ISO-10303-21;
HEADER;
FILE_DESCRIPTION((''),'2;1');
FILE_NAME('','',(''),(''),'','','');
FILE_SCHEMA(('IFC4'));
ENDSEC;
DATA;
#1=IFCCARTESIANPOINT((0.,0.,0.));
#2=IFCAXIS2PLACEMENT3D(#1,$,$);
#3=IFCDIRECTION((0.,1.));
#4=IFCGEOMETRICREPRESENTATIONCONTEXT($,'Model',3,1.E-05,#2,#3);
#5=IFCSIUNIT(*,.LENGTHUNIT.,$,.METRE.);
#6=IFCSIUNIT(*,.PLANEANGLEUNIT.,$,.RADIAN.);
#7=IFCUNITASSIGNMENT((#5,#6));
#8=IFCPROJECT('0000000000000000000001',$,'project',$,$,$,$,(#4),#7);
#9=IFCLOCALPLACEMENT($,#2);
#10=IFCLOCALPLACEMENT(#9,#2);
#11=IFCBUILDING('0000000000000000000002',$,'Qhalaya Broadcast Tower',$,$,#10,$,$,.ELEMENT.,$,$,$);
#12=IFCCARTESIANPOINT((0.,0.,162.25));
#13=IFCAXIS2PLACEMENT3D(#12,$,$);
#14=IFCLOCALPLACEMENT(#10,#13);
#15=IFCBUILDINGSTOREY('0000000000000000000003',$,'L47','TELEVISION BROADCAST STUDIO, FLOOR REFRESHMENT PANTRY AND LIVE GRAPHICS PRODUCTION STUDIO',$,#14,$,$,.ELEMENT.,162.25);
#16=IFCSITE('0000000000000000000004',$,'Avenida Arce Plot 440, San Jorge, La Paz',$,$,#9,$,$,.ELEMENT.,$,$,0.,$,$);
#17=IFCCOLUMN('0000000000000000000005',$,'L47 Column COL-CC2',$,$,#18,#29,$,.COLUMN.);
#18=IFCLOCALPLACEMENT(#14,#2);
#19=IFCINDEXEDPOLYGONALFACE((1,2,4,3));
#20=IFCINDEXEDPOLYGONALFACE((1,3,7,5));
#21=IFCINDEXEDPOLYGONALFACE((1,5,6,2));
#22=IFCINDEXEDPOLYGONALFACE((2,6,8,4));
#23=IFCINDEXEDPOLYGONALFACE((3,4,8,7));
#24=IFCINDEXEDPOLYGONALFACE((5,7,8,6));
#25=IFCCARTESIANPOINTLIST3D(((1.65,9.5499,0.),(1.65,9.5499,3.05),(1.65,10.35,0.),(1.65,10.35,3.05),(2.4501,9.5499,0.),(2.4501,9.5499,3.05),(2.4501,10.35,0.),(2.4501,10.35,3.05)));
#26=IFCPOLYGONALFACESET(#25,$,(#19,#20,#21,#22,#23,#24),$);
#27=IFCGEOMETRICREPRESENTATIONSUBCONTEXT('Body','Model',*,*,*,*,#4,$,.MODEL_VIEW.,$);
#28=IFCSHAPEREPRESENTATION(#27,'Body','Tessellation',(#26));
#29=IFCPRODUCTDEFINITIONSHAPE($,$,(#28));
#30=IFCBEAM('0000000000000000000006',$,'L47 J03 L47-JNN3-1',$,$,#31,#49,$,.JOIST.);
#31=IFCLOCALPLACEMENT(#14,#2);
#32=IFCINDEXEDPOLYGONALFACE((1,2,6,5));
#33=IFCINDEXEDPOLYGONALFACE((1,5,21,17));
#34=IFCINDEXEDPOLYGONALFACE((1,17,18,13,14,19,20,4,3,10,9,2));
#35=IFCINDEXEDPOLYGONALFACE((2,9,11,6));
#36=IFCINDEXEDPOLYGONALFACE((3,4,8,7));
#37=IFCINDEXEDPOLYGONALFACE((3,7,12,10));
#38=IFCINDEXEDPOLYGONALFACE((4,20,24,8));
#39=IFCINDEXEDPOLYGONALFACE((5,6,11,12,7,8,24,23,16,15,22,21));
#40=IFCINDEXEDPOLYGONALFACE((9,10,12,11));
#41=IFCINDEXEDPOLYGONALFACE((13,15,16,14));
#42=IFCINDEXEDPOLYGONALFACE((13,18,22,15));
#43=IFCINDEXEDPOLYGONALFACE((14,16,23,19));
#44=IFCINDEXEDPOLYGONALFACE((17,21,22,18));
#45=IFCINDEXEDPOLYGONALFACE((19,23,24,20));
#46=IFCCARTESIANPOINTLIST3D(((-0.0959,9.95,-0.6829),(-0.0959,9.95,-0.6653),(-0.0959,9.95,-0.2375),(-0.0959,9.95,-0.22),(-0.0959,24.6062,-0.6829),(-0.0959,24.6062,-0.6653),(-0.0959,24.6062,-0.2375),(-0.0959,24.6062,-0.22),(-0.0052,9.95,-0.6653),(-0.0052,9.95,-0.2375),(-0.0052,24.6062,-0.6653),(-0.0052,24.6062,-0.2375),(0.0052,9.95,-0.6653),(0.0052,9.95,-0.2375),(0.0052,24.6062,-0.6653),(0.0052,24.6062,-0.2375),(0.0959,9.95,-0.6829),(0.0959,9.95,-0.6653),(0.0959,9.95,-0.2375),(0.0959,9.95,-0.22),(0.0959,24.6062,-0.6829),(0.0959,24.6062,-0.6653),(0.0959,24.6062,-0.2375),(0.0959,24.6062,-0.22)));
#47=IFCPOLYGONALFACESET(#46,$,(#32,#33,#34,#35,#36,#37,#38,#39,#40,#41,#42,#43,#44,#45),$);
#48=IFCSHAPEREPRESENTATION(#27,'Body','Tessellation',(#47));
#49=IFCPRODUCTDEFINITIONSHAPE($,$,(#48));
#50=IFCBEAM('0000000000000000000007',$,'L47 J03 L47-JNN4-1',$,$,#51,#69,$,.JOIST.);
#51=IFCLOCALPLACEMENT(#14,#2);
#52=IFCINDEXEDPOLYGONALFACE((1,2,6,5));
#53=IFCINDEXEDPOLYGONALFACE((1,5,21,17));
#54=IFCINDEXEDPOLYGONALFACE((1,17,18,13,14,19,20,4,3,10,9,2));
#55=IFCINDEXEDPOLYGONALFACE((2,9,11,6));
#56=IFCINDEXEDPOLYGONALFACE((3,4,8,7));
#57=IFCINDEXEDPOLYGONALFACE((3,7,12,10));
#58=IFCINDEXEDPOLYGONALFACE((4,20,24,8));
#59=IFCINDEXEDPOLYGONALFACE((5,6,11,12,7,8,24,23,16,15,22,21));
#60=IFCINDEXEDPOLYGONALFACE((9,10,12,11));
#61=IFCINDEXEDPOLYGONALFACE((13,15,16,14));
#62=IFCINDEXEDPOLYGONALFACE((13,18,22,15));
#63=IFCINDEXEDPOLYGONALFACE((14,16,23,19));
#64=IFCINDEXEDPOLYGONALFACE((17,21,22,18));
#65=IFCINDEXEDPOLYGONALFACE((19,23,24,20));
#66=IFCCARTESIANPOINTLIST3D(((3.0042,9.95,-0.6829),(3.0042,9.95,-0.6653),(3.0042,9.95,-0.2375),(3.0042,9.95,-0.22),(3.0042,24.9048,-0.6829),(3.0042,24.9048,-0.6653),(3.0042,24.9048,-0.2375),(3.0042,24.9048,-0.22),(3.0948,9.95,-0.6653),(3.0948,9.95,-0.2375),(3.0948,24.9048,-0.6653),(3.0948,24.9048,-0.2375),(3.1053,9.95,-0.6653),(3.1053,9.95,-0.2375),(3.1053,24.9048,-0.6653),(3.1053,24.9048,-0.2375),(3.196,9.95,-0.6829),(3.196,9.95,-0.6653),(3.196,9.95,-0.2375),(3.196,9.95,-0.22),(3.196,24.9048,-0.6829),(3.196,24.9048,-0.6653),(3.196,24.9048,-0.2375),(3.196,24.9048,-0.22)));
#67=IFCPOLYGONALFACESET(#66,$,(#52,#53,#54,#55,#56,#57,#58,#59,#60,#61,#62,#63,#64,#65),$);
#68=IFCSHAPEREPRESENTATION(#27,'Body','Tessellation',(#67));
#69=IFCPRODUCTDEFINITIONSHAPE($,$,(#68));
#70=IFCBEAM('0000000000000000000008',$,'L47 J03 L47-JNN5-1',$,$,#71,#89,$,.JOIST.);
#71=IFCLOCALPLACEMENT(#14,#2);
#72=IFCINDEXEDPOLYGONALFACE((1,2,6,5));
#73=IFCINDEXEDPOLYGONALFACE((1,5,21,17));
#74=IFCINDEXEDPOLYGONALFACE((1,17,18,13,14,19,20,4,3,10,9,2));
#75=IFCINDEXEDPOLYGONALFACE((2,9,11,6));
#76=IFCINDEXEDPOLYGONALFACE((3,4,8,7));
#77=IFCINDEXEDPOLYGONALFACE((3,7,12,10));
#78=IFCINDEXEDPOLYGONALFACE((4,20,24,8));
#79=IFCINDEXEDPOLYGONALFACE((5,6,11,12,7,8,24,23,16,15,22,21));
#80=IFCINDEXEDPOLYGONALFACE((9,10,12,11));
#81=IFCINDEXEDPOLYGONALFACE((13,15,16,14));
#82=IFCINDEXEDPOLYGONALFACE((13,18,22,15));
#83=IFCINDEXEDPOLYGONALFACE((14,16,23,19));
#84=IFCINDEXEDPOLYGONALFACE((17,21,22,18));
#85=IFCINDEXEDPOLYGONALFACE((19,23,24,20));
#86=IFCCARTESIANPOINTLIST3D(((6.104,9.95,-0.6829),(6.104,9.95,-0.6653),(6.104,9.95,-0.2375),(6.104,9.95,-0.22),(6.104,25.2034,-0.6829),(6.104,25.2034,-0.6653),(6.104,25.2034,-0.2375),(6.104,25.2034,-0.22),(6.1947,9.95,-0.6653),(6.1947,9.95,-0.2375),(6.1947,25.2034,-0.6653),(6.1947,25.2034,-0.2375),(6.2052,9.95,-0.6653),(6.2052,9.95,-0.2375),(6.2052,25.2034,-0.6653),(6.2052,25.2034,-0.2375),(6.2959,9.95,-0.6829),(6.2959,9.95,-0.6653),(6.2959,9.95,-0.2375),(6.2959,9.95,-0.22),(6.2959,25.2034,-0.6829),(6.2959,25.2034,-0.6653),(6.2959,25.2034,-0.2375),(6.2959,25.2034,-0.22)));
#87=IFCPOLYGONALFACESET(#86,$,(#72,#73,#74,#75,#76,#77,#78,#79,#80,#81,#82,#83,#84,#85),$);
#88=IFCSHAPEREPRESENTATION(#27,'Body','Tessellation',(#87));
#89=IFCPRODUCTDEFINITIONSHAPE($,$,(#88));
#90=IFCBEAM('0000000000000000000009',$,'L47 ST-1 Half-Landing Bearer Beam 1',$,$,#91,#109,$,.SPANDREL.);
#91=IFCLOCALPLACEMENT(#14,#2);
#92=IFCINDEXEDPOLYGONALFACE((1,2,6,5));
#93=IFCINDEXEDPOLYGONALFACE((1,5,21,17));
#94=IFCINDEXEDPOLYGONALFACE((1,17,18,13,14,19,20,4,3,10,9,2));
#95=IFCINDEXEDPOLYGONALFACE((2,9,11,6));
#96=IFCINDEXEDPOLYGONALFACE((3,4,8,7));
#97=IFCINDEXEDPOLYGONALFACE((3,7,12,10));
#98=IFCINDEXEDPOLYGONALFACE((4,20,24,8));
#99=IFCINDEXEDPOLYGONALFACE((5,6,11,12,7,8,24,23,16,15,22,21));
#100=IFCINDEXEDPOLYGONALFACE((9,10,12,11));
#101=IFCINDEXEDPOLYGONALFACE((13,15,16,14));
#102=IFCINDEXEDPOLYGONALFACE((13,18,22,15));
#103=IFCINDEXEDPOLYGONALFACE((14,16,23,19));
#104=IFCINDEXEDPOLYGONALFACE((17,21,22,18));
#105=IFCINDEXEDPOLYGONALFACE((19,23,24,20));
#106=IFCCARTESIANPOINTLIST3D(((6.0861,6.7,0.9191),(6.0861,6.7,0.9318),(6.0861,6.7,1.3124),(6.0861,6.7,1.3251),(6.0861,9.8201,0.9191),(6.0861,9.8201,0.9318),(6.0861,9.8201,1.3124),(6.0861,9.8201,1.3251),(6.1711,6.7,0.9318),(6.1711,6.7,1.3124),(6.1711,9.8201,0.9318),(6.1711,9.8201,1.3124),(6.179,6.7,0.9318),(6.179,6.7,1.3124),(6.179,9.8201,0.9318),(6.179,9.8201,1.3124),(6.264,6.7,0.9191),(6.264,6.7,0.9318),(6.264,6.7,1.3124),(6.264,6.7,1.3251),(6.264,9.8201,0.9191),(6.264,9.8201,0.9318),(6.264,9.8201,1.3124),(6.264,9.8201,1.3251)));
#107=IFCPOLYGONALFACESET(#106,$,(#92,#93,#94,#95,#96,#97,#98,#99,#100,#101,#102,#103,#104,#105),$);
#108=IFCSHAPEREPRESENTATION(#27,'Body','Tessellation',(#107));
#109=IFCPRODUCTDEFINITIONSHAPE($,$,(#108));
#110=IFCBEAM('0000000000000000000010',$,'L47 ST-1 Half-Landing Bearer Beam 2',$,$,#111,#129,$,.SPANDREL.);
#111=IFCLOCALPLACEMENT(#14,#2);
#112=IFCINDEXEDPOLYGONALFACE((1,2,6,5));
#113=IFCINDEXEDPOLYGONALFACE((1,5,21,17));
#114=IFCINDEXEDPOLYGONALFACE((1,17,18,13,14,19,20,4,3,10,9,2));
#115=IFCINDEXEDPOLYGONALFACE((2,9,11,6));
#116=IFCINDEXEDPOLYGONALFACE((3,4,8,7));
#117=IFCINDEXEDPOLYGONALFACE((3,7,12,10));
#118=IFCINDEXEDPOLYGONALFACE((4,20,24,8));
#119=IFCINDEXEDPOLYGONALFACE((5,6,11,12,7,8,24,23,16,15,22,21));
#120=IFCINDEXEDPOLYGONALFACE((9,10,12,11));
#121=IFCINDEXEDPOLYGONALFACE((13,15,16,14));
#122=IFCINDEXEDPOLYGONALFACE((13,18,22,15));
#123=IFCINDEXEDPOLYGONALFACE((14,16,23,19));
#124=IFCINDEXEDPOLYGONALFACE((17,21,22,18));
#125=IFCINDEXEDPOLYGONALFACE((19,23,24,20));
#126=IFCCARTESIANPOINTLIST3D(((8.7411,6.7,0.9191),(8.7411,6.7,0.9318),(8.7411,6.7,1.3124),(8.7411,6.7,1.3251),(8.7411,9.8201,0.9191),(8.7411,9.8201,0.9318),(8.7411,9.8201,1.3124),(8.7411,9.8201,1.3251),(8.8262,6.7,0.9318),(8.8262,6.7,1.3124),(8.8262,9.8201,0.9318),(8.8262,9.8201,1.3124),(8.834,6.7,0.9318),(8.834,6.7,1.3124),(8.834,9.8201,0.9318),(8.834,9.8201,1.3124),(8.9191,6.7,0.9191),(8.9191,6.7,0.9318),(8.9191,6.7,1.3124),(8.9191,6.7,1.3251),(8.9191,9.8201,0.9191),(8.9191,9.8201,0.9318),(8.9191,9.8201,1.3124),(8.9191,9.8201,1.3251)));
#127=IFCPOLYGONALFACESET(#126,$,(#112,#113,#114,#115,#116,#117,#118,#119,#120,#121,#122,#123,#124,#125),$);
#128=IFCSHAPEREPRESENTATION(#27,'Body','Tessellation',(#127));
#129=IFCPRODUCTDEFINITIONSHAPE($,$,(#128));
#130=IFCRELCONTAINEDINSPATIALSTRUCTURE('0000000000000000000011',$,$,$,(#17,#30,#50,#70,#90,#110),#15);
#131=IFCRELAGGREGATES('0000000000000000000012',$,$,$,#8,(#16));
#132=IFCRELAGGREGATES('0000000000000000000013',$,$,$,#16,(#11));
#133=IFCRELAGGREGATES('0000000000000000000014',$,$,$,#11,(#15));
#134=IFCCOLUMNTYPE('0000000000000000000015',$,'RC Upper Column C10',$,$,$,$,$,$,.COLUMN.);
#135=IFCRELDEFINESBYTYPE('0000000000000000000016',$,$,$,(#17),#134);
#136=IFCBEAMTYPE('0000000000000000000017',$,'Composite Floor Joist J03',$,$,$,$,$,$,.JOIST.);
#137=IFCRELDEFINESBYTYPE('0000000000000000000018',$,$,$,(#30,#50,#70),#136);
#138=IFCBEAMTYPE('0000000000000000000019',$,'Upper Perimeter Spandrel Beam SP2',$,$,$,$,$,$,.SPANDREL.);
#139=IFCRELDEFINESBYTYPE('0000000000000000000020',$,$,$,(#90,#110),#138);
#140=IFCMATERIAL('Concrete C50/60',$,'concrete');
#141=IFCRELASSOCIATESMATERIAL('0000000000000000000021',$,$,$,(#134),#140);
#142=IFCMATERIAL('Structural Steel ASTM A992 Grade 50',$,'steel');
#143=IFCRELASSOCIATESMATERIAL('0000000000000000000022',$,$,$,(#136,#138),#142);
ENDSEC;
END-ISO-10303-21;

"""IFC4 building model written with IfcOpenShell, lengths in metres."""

from ifc_helpers import new_model, si_unit, direction, frame, origin, origin_2d, place, context, subcontext, project, spatial, rectangle, i_section, extrude, material, material_profile, profile_set, type_object, element, save


model = new_model("IFC4")

# Units and contexts
model_context = context("Model", 3, precision=1e-05, world=origin(), true_north=direction((0.0, 1.0)))
body_context = subcontext(model_context, "Body", "Model", "MODEL_VIEW")
ifc_project = project(units=[si_unit("LENGTHUNIT", "METRE"), si_unit("PLANEANGLEUNIT", "RADIAN")], contexts=[model_context])

# Site, building, storey
site_placement = place(None, origin())
site = spatial("IfcSite", under=ifc_project, at=site_placement, Name="Avenida Arce Plot 440, San Jorge, La Paz", CompositionType="ELEMENT", RefElevation=0.0)
building_placement = place(site_placement, origin())
building = spatial("IfcBuilding", under=site, at=building_placement, Name="Qhalaya Broadcast Tower", CompositionType="ELEMENT")
storey_placement = place(building_placement, frame((0.0, 0.0, 162.25)))
storey = spatial("IfcBuildingStorey", under=building, at=storey_placement, Name="L47", Description="TELEVISION BROADCAST STUDIO, FLOOR REFRESHMENT PANTRY AND LIVE GRAPHICS PRODUCTION STUDIO", CompositionType="ELEMENT", Elevation=162.25)

# Column
ifc_material_1 = material(Name="Concrete C50/60", Category="concrete")
ifc_material_profile_1 = material_profile(ifc_material_1, rectangle(XDim=0.8, YDim=0.8, at=origin_2d()), Name="RC-COL 800x800")
ifc_profile_set_1 = profile_set([ifc_material_profile_1], Name="Concrete C50/60")
column_type = type_object("IfcColumnType", Name="RC Upper Column C10", PredefinedType="COLUMN", material=ifc_profile_set_1)
column_placement = place(storey_placement, frame((2.05, 9.95, 0.0), z_axis=(0.0, 0.0, 1.0), x_axis=(1.0, 0.0, 0.0)))
element("IfcColumn", 1, at=column_placement, inside=storey, type_object=column_type, Name="L47 Column COL-CC2", PredefinedType="COLUMN", context=body_context, shape_type="SweptSolid", body=[
    extrude(rectangle(XDim=0.8, YDim=0.8, at=origin_2d()), origin(), (0.0, 0.0, 1.0), 3.05),
])

# Beams
ifc_material_2 = material(Name="Structural Steel ASTM A992 Grade 50", Category="steel")
ifc_material_profile_2 = material_profile(ifc_material_2, i_section(OverallWidth=0.1919, OverallDepth=0.4629, WebThickness=0.0105, FlangeThickness=0.0176, at=origin_2d()), Name="W18X60")
ifc_profile_set_2 = profile_set([ifc_material_profile_2], Name="Structural Steel ASTM A992 Grade 50")
beam_type_1 = type_object("IfcBeamType", Name="Composite Floor Joist J03", PredefinedType="JOIST", material=ifc_profile_set_2)
beam_1_placement = place(storey_placement, frame((0.0, 9.95, -0.4514), z_axis=(0.0, 1.0, 0.0), x_axis=(-1.0, 0.0, 0.0)))
element("IfcBeam", 2, at=beam_1_placement, inside=storey, type_object=beam_type_1, Name="L47 J03 L47-JNN3-1", PredefinedType="JOIST", context=body_context, shape_type="SweptSolid", body=[
    extrude(i_section(OverallWidth=0.1919, OverallDepth=0.4629, WebThickness=0.0105, FlangeThickness=0.0176, at=origin_2d()), origin(), (0.0, 0.0, 1.0), 14.6562),
])
beam_2_placement = place(storey_placement, frame((3.1001, 9.95, -0.4514), z_axis=(0.0, 1.0, 0.0), x_axis=(-1.0, 0.0, 0.0)))
element("IfcBeam", 3, at=beam_2_placement, inside=storey, type_object=beam_type_1, Name="L47 J03 L47-JNN4-1", PredefinedType="JOIST", context=body_context, shape_type="SweptSolid", body=[
    extrude(i_section(OverallWidth=0.1919, OverallDepth=0.4629, WebThickness=0.0105, FlangeThickness=0.0176, at=origin_2d()), origin(), (0.0, 0.0, 1.0), 14.9548),
])
beam_3_placement = place(storey_placement, frame((6.2, 9.95, -0.4514), z_axis=(0.0, 1.0, 0.0), x_axis=(-1.0, 0.0, 0.0)))
element("IfcBeam", 4, at=beam_3_placement, inside=storey, type_object=beam_type_1, Name="L47 J03 L47-JNN5-1", PredefinedType="JOIST", context=body_context, shape_type="SweptSolid", body=[
    extrude(i_section(OverallWidth=0.1919, OverallDepth=0.4629, WebThickness=0.0105, FlangeThickness=0.0176, at=origin_2d()), origin(), (0.0, 0.0, 1.0), 15.2534),
])
ifc_material_profile_3 = material_profile(ifc_material_2, i_section(OverallWidth=0.178, OverallDepth=0.406, WebThickness=0.0078, FlangeThickness=0.0127, at=origin_2d()), Name="W16X40")
ifc_profile_set_3 = profile_set([ifc_material_profile_3], Name="Structural Steel ASTM A992 Grade 50")
beam_type_2 = type_object("IfcBeamType", Name="Upper Perimeter Spandrel Beam SP2", PredefinedType="SPANDREL", material=ifc_profile_set_3)
for number, where, z_axis, x_axis, name in (
    (5, (6.175, 6.7, 1.1221), (0.0, 1.0, 0.0), (-1.0, 0.0, 0.0), "L47 ST-1 Half-Landing Bearer Beam 1"),
    (6, (8.8301, 6.7, 1.1221), (0.0, 1.0, 0.0), (-1.0, 0.0, 0.0), "L47 ST-1 Half-Landing Bearer Beam 2"),
):
    element("IfcBeam", number, at=place(storey_placement, frame(where, z_axis=z_axis, x_axis=x_axis)), inside=storey, type_object=beam_type_2, Name=name, PredefinedType="SPANDREL", context=body_context, shape_type="SweptSolid", body=[
        extrude(i_section(OverallWidth=0.178, OverallDepth=0.406, WebThickness=0.0078, FlangeThickness=0.0127, at=origin_2d()), origin(), (0.0, 0.0, 1.0), 3.1201),
    ])

save(model, "model.ifc")
